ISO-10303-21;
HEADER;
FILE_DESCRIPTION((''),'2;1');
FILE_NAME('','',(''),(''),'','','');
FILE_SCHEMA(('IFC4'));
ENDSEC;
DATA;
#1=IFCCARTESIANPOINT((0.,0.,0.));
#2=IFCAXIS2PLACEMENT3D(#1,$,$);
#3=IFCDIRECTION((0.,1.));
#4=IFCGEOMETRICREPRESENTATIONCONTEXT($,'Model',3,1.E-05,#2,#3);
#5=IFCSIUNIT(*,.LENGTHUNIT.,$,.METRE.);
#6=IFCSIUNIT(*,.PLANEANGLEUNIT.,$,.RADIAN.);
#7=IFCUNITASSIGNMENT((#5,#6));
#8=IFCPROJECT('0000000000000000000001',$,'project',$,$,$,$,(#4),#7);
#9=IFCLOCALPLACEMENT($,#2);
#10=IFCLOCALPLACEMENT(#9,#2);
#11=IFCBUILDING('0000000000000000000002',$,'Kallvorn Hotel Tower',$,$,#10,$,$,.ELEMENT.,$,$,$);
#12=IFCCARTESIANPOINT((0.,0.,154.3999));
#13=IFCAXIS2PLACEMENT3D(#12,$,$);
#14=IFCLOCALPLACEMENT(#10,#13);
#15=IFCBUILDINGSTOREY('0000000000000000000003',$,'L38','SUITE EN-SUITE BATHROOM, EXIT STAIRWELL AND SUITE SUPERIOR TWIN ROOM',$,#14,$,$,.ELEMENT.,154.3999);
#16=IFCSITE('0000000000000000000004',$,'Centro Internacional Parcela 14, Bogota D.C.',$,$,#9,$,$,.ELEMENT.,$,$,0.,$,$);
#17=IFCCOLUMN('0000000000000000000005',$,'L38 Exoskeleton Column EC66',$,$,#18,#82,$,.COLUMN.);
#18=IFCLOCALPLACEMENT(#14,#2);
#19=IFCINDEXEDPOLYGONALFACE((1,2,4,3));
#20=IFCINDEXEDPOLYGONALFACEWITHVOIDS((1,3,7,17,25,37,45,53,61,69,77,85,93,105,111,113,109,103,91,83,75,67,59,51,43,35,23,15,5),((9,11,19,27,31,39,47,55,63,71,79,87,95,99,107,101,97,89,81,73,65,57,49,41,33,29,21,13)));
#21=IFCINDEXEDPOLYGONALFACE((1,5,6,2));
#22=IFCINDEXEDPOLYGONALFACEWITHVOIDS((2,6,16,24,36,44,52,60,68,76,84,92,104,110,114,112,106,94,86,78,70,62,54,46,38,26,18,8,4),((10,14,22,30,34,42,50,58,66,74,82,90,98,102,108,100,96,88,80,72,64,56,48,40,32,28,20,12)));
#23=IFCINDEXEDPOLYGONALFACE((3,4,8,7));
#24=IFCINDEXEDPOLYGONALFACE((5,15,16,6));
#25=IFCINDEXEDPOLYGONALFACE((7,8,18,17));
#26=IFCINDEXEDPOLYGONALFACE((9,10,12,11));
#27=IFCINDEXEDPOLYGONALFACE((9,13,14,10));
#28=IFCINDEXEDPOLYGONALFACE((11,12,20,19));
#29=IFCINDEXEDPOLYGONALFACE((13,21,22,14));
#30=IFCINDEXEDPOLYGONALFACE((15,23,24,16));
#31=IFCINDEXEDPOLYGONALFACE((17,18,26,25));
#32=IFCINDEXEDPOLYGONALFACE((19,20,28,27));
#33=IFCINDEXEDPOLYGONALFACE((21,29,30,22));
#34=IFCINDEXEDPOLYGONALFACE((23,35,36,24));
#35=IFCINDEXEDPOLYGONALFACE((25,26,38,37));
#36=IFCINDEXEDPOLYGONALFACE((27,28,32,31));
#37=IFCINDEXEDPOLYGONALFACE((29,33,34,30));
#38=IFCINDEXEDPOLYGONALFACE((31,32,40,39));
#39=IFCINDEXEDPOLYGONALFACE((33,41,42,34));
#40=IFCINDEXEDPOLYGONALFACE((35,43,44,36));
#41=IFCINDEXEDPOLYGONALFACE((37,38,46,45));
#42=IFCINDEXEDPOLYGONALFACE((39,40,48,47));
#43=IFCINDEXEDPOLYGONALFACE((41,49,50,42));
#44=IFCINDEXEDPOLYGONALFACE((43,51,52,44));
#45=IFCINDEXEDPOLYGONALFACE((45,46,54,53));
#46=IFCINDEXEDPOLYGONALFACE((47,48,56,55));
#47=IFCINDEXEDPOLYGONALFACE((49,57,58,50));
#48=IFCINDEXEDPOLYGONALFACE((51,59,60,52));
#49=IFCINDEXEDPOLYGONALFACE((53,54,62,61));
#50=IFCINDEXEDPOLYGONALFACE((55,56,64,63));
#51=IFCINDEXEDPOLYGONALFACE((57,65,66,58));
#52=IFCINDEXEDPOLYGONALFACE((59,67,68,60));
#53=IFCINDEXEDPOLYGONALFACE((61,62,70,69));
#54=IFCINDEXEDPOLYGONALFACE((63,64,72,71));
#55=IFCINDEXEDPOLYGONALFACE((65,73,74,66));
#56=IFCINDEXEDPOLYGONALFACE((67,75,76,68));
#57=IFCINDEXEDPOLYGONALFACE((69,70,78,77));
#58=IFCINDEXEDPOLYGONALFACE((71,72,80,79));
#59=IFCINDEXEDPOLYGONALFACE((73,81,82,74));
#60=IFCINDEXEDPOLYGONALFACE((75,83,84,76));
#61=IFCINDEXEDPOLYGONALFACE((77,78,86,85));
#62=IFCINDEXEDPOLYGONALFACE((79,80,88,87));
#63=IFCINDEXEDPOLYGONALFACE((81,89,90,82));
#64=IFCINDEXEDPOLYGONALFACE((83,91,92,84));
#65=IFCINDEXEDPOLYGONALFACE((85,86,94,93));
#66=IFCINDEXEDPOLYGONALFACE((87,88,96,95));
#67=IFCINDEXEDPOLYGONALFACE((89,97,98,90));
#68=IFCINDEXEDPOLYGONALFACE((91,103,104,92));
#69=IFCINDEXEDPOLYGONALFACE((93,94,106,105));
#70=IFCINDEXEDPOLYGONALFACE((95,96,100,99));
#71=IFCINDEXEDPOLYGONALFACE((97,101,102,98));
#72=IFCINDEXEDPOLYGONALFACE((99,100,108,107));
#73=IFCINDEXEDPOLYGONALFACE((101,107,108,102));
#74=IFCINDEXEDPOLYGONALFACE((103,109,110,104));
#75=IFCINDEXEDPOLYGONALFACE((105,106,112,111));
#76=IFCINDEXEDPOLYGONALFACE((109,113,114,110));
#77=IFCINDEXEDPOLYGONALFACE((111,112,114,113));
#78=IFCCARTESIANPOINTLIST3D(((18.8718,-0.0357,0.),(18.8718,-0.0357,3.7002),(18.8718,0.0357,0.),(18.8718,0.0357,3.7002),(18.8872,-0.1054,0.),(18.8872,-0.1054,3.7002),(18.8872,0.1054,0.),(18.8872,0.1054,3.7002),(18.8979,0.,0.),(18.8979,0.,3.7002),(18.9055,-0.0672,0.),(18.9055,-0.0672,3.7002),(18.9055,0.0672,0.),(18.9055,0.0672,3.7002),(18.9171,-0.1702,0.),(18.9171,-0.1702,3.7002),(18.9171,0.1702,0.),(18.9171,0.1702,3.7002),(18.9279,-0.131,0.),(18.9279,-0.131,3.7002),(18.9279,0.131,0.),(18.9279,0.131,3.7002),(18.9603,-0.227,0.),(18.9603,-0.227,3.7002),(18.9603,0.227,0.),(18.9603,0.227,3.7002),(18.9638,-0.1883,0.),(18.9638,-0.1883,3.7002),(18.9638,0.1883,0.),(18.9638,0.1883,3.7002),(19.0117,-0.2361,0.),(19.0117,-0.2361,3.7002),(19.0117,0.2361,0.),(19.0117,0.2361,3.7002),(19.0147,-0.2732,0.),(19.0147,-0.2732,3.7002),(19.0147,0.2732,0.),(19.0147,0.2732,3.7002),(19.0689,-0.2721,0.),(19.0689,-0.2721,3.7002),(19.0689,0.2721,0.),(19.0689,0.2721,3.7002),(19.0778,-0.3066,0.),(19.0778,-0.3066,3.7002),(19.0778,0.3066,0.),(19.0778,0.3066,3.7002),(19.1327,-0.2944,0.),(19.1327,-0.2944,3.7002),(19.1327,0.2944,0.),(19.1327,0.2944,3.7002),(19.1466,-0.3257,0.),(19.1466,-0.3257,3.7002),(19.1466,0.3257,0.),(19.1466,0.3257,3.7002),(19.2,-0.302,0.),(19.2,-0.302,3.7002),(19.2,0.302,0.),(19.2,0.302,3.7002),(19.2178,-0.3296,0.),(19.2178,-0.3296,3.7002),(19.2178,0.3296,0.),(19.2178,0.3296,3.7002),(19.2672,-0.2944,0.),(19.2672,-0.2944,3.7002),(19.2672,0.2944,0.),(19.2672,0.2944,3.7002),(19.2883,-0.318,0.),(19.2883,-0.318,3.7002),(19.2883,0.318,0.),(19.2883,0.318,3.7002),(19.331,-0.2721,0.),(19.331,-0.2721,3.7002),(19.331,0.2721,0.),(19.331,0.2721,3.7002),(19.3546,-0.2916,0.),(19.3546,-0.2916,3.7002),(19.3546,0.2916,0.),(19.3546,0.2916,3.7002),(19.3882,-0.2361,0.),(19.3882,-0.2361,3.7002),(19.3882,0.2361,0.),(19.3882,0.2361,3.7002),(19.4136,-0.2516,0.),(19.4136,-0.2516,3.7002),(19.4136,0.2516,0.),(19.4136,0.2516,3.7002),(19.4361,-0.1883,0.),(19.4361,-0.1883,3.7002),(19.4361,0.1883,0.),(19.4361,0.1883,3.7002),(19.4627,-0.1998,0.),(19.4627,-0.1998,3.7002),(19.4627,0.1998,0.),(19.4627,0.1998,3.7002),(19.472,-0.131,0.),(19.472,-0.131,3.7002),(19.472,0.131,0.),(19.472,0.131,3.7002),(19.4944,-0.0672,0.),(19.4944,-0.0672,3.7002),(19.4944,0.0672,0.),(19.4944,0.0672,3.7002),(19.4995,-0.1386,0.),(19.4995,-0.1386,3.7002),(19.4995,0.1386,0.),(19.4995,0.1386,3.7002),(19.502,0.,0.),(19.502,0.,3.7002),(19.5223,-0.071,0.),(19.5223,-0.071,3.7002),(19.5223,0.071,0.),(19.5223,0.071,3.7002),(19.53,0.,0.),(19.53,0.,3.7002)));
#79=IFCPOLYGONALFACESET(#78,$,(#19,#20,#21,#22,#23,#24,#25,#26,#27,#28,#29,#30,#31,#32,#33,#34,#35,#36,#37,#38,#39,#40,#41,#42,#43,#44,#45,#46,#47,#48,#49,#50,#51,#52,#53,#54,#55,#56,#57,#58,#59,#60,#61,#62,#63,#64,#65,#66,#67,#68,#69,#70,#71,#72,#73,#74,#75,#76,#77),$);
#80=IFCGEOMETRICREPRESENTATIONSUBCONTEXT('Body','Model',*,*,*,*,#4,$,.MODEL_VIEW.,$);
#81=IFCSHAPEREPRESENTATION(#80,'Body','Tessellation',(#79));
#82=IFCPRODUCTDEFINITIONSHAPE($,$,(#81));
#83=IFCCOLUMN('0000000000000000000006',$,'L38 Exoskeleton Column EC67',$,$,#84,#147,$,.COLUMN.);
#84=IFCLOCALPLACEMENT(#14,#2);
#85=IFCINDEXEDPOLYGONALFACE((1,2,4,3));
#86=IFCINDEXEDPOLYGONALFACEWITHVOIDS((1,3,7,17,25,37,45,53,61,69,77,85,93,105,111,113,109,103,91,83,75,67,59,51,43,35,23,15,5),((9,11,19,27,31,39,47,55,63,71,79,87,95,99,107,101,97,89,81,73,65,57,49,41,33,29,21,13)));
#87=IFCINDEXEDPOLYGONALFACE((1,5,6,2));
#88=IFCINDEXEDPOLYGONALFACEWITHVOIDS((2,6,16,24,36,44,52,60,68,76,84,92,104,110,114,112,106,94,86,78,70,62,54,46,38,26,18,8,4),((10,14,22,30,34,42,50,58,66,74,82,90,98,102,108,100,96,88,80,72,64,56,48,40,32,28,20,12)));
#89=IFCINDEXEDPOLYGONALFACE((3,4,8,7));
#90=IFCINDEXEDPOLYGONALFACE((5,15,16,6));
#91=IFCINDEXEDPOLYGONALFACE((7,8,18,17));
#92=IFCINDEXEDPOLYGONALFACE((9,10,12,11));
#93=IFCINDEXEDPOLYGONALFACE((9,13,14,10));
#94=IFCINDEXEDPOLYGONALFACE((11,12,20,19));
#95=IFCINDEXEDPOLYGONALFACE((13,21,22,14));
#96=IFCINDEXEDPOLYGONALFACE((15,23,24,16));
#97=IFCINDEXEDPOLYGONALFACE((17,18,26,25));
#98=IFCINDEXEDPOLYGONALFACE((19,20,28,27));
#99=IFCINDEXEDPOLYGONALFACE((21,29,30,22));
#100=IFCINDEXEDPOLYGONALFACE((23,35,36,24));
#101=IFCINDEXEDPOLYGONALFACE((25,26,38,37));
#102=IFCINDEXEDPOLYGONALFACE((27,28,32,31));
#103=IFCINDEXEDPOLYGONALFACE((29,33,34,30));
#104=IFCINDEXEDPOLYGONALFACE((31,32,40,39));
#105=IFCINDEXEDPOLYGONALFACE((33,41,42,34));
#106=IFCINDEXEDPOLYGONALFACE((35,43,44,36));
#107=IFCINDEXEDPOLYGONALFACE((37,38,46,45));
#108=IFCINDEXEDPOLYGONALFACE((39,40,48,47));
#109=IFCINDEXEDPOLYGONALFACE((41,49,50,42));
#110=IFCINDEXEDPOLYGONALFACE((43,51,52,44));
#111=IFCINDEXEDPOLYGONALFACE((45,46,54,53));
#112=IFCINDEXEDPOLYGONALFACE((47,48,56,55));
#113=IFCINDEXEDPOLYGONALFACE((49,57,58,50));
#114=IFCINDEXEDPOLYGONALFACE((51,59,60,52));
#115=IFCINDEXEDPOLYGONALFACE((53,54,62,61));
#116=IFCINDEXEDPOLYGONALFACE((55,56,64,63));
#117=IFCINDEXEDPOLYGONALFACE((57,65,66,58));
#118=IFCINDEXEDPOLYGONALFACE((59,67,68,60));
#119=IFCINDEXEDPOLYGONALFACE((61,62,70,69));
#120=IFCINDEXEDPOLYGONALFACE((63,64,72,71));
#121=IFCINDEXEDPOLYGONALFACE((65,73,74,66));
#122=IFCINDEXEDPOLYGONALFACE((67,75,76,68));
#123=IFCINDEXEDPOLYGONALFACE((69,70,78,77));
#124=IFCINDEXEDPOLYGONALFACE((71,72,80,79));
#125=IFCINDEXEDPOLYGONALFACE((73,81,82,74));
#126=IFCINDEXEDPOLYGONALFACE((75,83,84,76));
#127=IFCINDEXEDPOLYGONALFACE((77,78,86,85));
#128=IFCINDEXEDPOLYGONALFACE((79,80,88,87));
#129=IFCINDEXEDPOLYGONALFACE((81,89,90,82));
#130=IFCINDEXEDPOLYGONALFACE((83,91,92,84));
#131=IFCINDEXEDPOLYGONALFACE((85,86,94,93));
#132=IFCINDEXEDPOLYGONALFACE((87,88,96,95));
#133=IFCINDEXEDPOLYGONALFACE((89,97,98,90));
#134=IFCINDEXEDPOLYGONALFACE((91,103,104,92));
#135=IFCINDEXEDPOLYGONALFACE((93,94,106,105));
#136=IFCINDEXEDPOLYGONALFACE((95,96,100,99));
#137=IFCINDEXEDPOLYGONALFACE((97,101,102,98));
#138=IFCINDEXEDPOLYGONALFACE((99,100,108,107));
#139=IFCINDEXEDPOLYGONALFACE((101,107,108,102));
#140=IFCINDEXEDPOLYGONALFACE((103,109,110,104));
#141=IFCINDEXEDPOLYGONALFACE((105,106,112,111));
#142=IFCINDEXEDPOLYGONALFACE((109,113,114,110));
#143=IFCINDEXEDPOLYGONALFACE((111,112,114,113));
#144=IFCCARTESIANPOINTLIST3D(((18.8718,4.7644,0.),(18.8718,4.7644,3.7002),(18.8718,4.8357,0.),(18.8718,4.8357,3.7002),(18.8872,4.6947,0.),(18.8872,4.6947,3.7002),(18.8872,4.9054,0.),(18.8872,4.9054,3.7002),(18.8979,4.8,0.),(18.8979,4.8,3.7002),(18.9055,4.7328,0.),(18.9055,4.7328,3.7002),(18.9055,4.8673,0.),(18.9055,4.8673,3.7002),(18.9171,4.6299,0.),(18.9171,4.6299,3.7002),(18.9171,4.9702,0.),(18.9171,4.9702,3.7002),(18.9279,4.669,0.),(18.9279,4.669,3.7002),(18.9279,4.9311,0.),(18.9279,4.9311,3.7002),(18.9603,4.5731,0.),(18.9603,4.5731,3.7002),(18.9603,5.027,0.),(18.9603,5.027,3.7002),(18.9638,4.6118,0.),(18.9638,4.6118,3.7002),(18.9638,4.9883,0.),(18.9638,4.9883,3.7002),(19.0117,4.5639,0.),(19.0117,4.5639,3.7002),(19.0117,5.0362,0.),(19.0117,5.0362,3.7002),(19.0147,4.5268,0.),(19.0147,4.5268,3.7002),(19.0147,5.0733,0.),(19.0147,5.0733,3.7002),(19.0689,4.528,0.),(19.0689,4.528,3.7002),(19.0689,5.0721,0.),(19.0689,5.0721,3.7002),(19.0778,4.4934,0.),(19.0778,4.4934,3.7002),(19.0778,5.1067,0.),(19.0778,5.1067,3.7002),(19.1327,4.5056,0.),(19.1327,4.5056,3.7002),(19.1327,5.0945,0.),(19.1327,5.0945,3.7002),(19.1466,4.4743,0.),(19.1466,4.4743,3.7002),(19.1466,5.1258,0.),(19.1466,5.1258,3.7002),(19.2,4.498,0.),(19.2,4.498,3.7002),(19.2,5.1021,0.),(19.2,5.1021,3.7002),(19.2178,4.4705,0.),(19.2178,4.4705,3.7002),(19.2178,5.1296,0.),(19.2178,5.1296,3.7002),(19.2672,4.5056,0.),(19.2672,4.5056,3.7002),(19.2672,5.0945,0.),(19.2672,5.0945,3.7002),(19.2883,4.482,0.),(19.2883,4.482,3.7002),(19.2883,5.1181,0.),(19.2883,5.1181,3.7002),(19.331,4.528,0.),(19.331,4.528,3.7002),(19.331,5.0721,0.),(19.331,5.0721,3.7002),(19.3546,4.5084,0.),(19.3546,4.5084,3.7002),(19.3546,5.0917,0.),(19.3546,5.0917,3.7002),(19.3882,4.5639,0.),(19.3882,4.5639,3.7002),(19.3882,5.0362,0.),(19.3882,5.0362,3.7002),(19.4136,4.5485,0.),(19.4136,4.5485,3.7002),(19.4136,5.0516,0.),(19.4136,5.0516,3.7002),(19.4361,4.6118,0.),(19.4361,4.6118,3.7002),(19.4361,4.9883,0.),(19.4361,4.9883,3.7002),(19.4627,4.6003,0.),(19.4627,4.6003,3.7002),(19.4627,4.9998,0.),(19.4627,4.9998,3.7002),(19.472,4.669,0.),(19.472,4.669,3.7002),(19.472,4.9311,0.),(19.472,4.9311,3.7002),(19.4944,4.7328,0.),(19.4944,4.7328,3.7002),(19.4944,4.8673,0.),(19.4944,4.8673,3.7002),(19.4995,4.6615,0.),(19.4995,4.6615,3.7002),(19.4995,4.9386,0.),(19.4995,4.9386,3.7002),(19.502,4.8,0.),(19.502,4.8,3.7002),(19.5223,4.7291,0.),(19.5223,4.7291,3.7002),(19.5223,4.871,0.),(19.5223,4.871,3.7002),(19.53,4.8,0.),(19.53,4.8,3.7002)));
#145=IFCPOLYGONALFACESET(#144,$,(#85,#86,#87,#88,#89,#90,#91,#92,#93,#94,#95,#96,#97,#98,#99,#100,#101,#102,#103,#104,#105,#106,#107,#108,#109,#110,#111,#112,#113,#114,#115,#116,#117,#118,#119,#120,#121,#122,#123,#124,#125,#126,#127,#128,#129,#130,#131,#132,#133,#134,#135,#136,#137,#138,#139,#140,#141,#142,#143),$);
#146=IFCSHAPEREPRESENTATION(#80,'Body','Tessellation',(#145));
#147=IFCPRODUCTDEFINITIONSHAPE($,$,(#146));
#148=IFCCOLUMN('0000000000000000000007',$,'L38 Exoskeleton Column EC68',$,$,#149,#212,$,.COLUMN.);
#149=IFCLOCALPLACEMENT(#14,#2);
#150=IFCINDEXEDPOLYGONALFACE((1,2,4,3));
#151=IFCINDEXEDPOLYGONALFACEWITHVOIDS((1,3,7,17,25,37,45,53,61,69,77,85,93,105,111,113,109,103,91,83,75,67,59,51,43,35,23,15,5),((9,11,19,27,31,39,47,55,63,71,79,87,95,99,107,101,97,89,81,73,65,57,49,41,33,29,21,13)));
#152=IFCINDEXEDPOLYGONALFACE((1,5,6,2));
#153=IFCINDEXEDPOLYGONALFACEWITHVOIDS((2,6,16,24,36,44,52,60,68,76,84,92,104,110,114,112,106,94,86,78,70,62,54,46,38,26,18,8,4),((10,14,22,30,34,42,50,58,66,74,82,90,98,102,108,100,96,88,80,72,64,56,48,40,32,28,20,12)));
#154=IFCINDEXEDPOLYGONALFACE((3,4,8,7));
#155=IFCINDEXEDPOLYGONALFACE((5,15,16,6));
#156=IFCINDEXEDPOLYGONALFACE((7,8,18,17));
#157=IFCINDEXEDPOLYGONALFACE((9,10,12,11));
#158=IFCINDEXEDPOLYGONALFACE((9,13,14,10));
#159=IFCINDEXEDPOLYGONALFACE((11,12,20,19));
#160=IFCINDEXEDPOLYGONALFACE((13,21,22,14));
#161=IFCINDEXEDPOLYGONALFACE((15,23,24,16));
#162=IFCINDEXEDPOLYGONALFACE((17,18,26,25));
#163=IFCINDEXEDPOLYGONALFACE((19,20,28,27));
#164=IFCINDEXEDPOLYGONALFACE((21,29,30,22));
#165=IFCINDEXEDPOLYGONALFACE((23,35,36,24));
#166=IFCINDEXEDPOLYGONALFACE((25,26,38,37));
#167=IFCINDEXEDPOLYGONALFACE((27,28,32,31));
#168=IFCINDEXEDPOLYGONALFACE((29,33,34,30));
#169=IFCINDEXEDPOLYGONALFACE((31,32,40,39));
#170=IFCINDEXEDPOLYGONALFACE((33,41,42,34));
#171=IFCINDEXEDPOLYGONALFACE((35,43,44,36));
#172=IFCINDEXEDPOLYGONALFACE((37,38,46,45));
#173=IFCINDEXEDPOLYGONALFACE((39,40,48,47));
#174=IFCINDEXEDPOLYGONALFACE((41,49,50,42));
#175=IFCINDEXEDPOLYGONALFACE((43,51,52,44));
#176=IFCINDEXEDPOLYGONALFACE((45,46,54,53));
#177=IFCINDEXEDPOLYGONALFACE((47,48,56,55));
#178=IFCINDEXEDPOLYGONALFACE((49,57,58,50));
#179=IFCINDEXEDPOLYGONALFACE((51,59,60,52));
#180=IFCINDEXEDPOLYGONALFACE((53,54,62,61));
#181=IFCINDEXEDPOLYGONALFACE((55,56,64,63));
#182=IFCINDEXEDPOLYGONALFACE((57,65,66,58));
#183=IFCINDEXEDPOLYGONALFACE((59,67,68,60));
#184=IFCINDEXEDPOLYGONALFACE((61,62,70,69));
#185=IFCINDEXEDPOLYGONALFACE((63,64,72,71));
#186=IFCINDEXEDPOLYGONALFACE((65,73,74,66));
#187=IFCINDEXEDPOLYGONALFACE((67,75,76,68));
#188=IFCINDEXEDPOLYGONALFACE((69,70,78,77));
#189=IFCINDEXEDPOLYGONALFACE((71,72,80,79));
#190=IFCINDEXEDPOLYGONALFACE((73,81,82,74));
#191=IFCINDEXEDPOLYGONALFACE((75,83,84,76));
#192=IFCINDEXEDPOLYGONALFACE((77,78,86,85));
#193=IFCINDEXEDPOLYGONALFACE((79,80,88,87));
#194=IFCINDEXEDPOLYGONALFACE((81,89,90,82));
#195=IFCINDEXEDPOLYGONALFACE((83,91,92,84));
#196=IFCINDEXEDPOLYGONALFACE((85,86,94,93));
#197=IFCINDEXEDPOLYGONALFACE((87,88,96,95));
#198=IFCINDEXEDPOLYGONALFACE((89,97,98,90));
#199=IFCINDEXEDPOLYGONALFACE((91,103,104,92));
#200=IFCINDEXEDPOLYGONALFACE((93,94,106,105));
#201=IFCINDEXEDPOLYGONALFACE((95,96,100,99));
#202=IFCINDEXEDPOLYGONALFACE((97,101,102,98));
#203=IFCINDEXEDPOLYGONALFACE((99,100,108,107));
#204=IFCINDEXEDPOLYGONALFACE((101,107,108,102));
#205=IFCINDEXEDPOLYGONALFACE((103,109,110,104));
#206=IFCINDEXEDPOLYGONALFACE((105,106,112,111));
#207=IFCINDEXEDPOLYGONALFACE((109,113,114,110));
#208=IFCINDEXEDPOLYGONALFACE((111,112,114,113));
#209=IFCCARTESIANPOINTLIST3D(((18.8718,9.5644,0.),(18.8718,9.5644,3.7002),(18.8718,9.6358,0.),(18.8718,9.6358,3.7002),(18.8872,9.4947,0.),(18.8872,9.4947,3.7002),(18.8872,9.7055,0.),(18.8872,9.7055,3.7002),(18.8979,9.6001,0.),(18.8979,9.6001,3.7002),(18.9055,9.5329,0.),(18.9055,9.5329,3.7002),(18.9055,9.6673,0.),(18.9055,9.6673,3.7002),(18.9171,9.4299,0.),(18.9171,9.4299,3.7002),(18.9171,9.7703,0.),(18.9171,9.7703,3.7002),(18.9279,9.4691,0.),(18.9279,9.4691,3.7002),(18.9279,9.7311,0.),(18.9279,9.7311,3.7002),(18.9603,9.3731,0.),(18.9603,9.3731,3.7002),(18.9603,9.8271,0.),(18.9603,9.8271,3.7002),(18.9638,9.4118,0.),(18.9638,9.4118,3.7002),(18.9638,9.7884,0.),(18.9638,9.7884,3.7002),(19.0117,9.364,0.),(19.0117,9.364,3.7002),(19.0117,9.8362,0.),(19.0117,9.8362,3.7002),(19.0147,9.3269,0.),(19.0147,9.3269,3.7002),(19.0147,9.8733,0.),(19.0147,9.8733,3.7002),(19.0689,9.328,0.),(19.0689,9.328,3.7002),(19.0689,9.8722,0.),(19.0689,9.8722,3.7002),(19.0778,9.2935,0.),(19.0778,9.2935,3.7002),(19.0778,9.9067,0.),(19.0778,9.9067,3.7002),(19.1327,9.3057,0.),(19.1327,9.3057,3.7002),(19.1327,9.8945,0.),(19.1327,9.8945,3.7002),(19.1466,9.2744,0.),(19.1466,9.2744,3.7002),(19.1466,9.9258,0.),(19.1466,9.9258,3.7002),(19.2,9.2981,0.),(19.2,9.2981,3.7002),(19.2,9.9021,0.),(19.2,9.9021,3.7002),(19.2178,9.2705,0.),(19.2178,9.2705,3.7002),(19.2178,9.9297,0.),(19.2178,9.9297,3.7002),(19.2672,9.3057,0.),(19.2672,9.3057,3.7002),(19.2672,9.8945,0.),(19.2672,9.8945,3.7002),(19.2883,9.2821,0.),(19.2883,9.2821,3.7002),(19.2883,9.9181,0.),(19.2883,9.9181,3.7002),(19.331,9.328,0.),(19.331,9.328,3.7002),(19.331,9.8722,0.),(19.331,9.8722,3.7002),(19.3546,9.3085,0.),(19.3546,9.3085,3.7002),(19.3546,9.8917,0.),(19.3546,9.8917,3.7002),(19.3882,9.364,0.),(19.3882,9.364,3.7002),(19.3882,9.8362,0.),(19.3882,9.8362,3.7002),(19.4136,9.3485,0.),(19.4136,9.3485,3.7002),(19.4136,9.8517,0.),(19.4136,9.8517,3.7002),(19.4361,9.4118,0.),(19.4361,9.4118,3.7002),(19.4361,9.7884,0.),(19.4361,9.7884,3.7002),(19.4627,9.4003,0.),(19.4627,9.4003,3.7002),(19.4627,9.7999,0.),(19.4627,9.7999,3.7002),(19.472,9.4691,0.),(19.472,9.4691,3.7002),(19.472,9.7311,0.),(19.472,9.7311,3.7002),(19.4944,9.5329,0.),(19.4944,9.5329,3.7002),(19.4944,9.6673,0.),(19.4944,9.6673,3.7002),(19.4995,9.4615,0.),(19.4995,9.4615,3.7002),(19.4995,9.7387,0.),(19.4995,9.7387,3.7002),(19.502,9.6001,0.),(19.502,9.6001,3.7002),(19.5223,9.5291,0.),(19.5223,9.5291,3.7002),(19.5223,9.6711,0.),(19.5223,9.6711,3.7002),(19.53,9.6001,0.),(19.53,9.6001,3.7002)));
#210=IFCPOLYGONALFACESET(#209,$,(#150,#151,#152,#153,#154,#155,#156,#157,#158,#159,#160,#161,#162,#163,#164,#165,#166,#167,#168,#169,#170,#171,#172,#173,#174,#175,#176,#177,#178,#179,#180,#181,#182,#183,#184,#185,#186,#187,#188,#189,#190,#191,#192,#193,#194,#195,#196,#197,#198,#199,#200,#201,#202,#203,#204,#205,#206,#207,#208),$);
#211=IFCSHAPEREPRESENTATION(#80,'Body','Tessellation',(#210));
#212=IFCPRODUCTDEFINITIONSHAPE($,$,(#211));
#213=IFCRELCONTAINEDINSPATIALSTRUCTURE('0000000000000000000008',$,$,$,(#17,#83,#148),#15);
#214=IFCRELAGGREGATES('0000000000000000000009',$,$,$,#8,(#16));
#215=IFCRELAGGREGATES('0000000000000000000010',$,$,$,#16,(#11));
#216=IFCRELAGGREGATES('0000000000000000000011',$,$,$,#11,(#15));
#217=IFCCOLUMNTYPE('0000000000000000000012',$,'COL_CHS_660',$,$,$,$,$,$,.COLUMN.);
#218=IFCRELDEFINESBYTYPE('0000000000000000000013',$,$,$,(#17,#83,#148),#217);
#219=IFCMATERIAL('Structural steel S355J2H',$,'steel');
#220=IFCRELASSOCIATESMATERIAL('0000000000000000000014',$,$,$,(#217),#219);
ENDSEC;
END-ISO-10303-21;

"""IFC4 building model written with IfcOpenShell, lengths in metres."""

from ifc_helpers import new_model, si_unit, direction, frame, origin, origin_2d, place, context, subcontext, project, spatial, hollow_circle, extrude, material, material_profile, profile_set, type_object, element, save


model = new_model("IFC4")

# Units and contexts
model_context = context("Model", 3, precision=1e-05, world=origin(), true_north=direction((0.0, 1.0)))
body_context = subcontext(model_context, "Body", "Model", "MODEL_VIEW")
ifc_project = project(units=[si_unit("LENGTHUNIT", "METRE"), si_unit("PLANEANGLEUNIT", "RADIAN")], contexts=[model_context])

# Site, building, storey
site_placement = place(None, origin())
site = spatial("IfcSite", under=ifc_project, at=site_placement, Name="Centro Internacional Parcela 14, Bogota D.C.", CompositionType="ELEMENT", RefElevation=0.0)
building_placement = place(site_placement, origin())
building = spatial("IfcBuilding", under=site, at=building_placement, Name="Kallvorn Hotel Tower", CompositionType="ELEMENT")
storey_placement = place(building_placement, frame((0.0, 0.0, 154.3999)))
storey = spatial("IfcBuildingStorey", under=building, at=storey_placement, Name="L38", Description="SUITE EN-SUITE BATHROOM, EXIT STAIRWELL AND SUITE SUPERIOR TWIN ROOM", CompositionType="ELEMENT", Elevation=154.3999)

# Columns
ifc_material_1 = material(Name="Structural steel S355J2H", Category="steel")
ifc_material_profile_1 = material_profile(ifc_material_1, hollow_circle(Radius=0.3301, WallThickness=0.0281, at=origin_2d()), Name="CHS 660x28")
ifc_profile_set_1 = profile_set([ifc_material_profile_1], Name="Structural steel S355J2H")
column_type_1 = type_object("IfcColumnType", Name="COL_CHS_660", PredefinedType="COLUMN", material=ifc_profile_set_1)
for number, where, z_axis, x_axis, name in (
    (1, (19.2, 0.0, 0.0), (0.0, 0.0, 1.0), (1.0, 0.0, 0.0), "L38 Exoskeleton Column EC66"),
    (2, (19.2, 4.8, 0.0), (0.0, 0.0, 1.0), (1.0, 0.0, 0.0), "L38 Exoskeleton Column EC67"),
    (3, (19.2, 9.6001, 0.0), (0.0, 0.0, 1.0), (1.0, 0.0, 0.0), "L38 Exoskeleton Column EC68"),
):
    element("IfcColumn", number, at=place(storey_placement, frame(where, z_axis=z_axis, x_axis=x_axis)), inside=storey, type_object=column_type_1, Name=name, PredefinedType="COLUMN", context=body_context, shape_type="SweptSolid", body=[
        extrude(hollow_circle(Radius=0.3301, WallThickness=0.0281, at=origin_2d()), origin(), (0.0, 0.0, 1.0), 3.7002),
    ])

save(model, "model.ifc")
